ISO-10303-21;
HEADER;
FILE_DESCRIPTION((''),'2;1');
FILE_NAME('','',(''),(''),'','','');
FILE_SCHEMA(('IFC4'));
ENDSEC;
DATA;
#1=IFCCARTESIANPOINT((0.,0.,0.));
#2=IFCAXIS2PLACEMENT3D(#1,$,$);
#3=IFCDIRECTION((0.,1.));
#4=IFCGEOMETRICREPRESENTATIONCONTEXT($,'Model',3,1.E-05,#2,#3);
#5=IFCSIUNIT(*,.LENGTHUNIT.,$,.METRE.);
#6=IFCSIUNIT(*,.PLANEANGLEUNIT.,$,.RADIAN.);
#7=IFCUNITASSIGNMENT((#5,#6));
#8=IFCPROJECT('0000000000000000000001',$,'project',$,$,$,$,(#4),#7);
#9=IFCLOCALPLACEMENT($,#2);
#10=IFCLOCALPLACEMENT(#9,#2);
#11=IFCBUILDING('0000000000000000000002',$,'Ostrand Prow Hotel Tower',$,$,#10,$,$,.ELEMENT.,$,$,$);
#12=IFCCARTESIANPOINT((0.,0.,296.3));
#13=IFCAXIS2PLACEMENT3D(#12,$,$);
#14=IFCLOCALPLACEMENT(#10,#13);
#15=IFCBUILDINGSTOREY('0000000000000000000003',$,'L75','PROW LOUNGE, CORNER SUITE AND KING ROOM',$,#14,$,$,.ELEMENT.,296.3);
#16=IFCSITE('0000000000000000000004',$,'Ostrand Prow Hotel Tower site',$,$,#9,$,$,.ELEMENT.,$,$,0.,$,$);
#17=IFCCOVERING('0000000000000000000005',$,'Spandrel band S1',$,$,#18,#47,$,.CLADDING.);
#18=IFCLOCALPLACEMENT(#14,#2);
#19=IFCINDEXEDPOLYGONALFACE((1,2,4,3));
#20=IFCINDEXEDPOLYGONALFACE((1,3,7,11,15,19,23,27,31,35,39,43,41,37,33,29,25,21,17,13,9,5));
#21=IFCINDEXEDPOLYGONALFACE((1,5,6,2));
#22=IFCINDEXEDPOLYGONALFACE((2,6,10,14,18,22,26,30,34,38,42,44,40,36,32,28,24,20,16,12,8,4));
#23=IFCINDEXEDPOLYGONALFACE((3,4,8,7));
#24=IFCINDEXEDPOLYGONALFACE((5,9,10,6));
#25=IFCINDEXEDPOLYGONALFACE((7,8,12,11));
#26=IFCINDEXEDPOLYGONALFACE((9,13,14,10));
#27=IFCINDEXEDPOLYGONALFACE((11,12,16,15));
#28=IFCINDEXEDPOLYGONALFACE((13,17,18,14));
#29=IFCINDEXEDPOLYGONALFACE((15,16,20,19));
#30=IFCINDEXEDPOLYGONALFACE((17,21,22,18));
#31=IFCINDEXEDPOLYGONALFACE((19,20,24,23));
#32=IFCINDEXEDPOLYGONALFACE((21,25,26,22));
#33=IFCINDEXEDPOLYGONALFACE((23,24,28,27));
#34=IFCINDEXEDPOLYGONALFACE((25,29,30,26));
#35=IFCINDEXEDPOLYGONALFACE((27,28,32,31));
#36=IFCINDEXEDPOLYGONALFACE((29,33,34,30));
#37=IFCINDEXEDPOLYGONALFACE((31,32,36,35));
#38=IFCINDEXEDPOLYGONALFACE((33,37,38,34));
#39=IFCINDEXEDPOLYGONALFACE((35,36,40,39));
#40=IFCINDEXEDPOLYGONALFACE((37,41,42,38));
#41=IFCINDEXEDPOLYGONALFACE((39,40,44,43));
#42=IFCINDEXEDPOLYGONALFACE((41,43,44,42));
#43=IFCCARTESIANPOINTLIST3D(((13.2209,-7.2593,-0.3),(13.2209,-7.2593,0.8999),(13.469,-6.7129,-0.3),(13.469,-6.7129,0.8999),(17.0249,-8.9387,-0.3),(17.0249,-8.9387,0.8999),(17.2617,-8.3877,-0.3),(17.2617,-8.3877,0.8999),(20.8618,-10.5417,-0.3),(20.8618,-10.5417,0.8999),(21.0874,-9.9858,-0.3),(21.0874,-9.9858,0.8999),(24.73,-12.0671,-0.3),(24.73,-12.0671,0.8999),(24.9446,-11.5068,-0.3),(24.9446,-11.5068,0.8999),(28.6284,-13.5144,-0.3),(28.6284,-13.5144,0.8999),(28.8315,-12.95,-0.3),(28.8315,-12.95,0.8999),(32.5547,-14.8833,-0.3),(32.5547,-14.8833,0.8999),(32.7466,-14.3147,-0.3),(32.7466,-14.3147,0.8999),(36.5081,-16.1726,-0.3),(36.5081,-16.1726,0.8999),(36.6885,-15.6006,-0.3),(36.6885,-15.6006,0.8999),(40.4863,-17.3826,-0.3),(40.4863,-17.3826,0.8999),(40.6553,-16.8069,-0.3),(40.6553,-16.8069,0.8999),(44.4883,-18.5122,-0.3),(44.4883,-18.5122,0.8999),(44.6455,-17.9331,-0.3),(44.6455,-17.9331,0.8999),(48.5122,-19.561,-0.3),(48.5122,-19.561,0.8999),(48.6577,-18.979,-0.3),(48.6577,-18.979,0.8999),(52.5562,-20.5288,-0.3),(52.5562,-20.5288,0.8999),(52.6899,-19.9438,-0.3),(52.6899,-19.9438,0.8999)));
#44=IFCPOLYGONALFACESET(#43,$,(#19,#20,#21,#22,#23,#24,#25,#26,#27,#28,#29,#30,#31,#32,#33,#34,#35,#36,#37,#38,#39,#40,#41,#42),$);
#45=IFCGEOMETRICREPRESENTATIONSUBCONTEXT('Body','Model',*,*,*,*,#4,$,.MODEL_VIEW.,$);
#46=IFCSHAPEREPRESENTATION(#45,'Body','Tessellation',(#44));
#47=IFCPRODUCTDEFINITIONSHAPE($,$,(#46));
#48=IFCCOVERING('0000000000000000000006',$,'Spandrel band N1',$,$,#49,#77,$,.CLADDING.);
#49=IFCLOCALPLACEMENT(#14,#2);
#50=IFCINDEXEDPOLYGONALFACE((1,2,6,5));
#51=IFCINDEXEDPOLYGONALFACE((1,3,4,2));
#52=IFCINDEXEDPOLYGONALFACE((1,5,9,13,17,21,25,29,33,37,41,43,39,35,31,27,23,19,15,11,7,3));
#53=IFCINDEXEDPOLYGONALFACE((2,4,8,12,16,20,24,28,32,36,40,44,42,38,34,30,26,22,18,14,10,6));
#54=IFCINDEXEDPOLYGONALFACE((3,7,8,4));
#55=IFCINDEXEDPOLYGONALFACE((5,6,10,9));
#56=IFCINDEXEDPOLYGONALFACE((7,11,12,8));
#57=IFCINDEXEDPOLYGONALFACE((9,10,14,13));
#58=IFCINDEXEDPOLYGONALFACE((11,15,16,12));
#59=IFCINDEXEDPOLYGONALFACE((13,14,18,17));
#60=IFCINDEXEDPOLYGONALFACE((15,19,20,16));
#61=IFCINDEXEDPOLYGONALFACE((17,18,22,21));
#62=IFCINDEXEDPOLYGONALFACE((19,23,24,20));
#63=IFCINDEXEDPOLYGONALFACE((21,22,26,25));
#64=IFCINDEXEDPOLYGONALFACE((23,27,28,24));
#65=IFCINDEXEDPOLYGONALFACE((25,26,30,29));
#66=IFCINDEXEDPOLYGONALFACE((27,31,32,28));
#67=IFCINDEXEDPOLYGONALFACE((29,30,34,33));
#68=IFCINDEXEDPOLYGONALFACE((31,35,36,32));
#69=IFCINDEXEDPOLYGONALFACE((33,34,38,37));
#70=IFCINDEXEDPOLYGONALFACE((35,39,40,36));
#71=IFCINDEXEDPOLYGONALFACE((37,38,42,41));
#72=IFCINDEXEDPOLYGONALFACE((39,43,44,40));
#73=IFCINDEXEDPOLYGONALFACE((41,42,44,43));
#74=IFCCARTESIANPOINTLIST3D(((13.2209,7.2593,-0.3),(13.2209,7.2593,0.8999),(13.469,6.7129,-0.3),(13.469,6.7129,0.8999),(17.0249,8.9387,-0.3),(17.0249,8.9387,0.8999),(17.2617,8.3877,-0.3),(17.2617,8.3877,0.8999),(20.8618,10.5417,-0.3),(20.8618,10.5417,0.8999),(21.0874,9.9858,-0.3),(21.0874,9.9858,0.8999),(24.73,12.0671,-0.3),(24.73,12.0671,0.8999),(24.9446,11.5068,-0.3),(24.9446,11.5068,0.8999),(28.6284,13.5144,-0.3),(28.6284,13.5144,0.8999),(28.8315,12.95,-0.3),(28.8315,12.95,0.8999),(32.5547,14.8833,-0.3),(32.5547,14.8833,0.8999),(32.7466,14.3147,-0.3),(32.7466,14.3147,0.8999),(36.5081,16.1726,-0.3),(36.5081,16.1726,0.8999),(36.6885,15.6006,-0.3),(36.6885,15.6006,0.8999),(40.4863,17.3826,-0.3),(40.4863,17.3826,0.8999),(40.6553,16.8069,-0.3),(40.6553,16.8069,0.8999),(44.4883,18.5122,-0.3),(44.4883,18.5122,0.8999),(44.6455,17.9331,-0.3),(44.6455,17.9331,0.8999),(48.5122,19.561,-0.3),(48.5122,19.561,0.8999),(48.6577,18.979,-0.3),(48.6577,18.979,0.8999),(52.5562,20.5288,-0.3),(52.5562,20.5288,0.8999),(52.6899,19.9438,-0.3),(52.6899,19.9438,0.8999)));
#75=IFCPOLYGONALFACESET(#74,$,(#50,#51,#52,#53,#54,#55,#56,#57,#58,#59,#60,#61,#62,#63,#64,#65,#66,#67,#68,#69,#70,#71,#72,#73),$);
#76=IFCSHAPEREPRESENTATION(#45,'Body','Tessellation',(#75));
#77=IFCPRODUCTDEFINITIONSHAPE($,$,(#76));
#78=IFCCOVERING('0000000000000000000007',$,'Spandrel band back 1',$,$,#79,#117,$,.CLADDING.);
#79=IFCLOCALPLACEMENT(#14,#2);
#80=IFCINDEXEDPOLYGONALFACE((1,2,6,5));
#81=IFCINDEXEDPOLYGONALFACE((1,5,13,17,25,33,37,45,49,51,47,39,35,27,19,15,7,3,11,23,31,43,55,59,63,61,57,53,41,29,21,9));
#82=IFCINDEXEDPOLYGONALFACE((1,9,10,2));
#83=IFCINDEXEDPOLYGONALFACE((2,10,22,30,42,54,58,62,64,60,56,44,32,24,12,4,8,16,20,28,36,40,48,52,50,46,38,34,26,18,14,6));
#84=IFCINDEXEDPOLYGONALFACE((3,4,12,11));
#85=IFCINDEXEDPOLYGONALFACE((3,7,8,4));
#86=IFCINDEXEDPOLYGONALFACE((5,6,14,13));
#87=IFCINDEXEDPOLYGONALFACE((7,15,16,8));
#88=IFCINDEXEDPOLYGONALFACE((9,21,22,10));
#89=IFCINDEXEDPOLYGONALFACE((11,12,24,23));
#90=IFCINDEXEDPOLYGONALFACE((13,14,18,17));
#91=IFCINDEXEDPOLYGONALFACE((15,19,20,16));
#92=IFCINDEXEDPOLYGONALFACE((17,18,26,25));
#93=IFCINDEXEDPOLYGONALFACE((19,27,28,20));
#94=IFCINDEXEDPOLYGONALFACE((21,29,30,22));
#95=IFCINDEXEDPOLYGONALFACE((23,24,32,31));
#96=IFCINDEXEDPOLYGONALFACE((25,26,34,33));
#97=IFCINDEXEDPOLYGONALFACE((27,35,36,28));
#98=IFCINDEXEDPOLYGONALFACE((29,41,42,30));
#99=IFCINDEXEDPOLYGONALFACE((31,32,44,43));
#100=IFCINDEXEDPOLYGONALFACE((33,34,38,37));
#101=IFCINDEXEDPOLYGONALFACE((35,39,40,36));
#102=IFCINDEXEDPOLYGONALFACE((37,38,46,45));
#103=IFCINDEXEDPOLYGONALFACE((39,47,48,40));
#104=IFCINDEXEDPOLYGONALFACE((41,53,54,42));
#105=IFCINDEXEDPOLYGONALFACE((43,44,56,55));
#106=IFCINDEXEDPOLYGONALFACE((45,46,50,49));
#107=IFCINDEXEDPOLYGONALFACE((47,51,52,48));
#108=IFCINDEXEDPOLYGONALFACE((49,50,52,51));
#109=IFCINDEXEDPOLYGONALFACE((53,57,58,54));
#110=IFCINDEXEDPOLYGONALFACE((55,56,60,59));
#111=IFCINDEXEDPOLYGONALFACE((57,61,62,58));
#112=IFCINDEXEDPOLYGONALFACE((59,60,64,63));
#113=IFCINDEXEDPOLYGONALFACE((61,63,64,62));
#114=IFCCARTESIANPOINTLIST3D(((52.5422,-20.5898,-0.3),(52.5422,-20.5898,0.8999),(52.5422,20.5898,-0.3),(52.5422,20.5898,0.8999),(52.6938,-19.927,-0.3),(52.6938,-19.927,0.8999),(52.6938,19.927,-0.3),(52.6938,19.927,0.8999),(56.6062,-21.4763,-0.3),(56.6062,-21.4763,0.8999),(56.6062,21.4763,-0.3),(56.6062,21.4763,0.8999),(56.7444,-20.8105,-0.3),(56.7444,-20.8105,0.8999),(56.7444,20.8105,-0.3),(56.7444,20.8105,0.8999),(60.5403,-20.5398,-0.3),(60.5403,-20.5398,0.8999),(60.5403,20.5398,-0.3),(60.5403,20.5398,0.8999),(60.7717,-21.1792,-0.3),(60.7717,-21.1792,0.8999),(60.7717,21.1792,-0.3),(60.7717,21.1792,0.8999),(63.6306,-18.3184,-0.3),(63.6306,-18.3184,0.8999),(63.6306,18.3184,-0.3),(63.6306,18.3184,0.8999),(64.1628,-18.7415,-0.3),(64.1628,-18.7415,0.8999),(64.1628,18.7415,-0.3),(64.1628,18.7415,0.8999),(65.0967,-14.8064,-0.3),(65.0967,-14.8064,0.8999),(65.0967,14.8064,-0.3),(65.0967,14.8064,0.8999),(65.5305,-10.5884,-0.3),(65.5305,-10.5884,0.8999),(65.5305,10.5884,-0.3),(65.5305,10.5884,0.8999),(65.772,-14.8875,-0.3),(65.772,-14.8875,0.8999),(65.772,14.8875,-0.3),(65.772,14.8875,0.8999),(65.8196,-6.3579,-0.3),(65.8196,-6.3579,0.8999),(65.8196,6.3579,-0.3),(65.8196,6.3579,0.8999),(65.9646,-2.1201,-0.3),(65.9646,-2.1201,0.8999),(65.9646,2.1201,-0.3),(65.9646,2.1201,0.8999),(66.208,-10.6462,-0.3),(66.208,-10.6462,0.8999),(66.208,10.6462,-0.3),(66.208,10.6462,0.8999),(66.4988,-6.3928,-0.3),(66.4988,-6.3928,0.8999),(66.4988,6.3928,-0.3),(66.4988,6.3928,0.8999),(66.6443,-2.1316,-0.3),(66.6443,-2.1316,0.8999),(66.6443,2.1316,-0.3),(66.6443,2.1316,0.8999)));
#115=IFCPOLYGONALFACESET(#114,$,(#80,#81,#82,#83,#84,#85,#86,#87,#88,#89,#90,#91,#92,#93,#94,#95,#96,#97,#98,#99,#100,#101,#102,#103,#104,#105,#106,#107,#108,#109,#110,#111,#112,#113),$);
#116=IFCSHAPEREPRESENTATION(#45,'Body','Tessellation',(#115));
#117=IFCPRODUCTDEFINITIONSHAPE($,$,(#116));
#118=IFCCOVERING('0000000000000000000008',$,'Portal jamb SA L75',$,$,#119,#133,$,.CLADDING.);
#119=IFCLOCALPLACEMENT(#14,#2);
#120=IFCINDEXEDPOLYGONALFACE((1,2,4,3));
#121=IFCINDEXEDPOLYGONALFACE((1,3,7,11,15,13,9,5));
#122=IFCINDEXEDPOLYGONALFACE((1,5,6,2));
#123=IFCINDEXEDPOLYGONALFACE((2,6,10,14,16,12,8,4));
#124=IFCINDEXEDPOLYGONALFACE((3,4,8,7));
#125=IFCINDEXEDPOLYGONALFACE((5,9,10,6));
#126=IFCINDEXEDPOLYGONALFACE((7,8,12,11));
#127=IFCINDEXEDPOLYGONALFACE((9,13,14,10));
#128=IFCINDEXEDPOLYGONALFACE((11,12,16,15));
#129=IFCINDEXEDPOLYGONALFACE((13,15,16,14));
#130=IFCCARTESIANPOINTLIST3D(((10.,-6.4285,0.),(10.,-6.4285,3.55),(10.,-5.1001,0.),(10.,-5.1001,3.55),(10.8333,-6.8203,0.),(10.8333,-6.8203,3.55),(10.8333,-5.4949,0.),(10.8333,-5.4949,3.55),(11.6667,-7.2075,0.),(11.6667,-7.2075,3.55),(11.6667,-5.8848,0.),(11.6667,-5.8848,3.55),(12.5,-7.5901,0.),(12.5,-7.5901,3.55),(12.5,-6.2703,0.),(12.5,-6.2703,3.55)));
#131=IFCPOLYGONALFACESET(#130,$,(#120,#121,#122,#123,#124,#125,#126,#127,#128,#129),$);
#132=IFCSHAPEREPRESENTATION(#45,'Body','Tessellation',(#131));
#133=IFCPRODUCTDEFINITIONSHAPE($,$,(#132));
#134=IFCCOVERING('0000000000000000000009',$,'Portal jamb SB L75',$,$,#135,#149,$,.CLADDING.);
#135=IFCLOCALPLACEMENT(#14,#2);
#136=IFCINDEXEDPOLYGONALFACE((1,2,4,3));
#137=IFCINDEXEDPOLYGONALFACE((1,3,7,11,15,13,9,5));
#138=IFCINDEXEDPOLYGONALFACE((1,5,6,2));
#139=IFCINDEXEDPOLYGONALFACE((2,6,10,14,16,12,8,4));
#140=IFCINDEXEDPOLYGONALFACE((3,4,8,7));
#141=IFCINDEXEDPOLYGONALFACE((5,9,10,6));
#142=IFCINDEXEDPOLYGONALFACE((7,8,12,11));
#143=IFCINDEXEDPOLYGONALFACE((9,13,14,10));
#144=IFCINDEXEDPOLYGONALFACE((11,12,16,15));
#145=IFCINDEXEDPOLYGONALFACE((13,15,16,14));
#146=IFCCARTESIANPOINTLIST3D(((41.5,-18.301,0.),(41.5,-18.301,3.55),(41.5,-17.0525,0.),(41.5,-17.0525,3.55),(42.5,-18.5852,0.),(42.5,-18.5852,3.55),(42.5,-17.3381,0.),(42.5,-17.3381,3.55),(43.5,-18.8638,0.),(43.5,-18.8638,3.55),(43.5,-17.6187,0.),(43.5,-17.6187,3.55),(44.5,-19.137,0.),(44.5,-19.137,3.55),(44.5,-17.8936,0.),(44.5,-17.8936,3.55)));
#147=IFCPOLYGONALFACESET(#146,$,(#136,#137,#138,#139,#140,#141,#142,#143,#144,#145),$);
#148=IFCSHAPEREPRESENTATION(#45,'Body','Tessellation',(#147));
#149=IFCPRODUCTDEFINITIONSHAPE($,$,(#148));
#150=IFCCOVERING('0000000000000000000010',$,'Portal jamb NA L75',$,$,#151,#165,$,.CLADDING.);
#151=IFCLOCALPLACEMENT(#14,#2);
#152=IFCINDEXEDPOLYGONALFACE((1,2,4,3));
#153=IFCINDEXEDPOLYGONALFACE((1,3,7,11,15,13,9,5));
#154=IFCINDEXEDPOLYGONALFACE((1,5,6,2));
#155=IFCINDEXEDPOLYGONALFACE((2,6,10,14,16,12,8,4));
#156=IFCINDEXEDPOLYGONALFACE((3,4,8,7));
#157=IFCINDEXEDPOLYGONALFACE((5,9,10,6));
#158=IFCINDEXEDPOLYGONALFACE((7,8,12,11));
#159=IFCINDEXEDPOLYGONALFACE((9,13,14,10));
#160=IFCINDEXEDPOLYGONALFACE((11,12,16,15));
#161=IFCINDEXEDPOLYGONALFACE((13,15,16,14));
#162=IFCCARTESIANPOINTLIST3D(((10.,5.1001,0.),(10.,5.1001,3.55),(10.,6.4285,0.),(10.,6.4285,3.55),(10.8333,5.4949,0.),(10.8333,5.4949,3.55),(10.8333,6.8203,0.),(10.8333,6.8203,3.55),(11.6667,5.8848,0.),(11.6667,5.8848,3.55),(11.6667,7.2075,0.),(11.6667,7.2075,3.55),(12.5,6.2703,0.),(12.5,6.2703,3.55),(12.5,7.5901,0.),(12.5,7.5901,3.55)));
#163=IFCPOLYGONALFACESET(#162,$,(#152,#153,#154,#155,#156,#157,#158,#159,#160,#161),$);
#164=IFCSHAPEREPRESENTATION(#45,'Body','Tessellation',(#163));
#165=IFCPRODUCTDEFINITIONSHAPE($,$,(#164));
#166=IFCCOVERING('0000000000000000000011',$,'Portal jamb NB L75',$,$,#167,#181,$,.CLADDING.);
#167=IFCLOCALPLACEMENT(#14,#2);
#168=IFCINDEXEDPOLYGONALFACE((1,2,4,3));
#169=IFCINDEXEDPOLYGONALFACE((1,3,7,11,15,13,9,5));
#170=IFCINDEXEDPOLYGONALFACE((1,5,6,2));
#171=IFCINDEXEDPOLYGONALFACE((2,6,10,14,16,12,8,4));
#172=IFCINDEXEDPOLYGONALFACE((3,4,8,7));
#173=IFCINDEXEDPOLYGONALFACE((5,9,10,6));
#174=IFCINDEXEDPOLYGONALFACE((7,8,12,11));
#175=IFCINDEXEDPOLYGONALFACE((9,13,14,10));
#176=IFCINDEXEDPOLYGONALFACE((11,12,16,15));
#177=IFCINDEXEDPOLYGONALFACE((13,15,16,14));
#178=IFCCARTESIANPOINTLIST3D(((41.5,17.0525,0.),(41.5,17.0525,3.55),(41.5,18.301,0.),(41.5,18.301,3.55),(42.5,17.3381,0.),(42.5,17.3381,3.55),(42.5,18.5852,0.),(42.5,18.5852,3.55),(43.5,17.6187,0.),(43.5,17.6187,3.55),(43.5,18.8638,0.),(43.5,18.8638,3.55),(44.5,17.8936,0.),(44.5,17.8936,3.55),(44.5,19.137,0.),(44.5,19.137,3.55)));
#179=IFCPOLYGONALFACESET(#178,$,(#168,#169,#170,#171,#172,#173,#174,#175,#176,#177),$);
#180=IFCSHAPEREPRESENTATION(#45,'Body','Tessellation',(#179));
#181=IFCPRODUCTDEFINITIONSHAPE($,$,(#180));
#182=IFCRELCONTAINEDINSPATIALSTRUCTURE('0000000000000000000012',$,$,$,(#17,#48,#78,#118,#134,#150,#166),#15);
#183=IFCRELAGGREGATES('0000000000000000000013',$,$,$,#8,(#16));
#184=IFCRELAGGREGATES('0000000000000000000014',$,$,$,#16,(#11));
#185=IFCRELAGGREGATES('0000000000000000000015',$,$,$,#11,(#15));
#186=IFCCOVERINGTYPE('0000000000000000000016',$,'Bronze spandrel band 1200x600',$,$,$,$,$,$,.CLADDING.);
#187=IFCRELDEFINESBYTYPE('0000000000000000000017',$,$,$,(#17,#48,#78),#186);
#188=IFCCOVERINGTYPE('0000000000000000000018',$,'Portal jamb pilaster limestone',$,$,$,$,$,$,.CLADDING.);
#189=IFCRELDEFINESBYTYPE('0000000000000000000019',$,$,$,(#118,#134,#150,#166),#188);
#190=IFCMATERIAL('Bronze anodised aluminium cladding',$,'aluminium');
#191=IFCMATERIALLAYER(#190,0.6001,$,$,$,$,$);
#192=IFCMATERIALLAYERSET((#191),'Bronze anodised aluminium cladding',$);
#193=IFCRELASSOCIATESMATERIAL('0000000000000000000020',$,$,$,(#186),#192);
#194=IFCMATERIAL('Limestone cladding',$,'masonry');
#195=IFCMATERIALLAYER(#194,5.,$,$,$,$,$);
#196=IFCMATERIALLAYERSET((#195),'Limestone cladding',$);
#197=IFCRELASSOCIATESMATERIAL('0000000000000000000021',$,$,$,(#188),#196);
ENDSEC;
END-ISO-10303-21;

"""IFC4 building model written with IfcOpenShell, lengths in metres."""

from ifc_helpers import new_model, si_unit, direction, frame, origin, place, context, subcontext, project, spatial, polyline, outline, extrude, material, layer, layer_set, type_object, element, save


model = new_model("IFC4")

# Units and contexts
model_context = context("Model", 3, precision=1e-05, world=origin(), true_north=direction((0.0, 1.0)))
body_context = subcontext(model_context, "Body", "Model", "MODEL_VIEW")
ifc_project = project(units=[si_unit("LENGTHUNIT", "METRE"), si_unit("PLANEANGLEUNIT", "RADIAN")], contexts=[model_context])

# Site, building, storey
site_placement = place(None, origin())
site = spatial("IfcSite", under=ifc_project, at=site_placement, Name="Ostrand Prow Hotel Tower site", CompositionType="ELEMENT", RefElevation=0.0)
building_placement = place(site_placement, origin())
building = spatial("IfcBuilding", under=site, at=building_placement, Name="Ostrand Prow Hotel Tower", CompositionType="ELEMENT")
storey_placement = place(building_placement, frame((0.0, 0.0, 296.3)))
storey = spatial("IfcBuildingStorey", under=building, at=storey_placement, Name="L75", Description="PROW LOUNGE, CORNER SUITE AND KING ROOM", CompositionType="ELEMENT", Elevation=296.3)

# Coverings
ifc_material_1 = material(Name="Bronze anodised aluminium cladding", Category="aluminium")
ifc_layer_1 = layer(ifc_material_1, 0.6001)
ifc_layer_set_1 = layer_set([ifc_layer_1], Name="Bronze anodised aluminium cladding")
covering_type_1 = type_object("IfcCoveringType", Name="Bronze spandrel band 1200x600", PredefinedType="CLADDING", material=ifc_layer_set_1)
covering_1_placement = place(storey_placement, frame((0.0, 0.0, -0.3)))
element("IfcCovering", 1, at=covering_1_placement, inside=storey, type_object=covering_type_1, Name="Spandrel band S1", PredefinedType="CLADDING", context=body_context, shape_type="SweptSolid", body=[
    extrude(outline(polyline([(13.2209, -7.2593), (17.0249, -8.9387), (20.8618, -10.5417), (24.73, -12.0671), (28.6284, -13.5144), (32.5547, -14.8833), (36.5081, -16.1726), (40.4863, -17.3826), (44.4883, -18.5122), (48.5122, -19.561), (52.5562, -20.5288), (52.6899, -19.9438), (48.6577, -18.979), (44.6455, -17.9331), (40.6553, -16.8069), (36.6885, -15.6006), (32.7466, -14.3147), (28.8315, -12.95), (24.9446, -11.5068), (21.0874, -9.9858), (17.2617, -8.3877), (13.469, -6.7129), (13.2209, -7.2593)])), origin(), (0.0, 0.0, 1.0), 1.2),
])
covering_2_placement = place(storey_placement, frame((0.0, 0.0, -0.3)))
element("IfcCovering", 2, at=covering_2_placement, inside=storey, type_object=covering_type_1, Name="Spandrel band N1", PredefinedType="CLADDING", context=body_context, shape_type="SweptSolid", body=[
    extrude(outline(polyline([(52.5562, 20.5288), (48.5122, 19.561), (44.4883, 18.5122), (40.4863, 17.3826), (36.5081, 16.1726), (32.5547, 14.8833), (28.6284, 13.5144), (24.73, 12.0671), (20.8618, 10.5417), (17.0249, 8.9387), (13.2209, 7.2593), (13.469, 6.7129), (17.2617, 8.3877), (21.0874, 9.9858), (24.9446, 11.5068), (28.8315, 12.95), (32.7466, 14.3147), (36.6885, 15.6006), (40.6553, 16.8069), (44.6455, 17.9331), (48.6577, 18.979), (52.6899, 19.9438), (52.5562, 20.5288)])), origin(), (0.0, 0.0, 1.0), 1.2),
])
covering_3_placement = place(storey_placement, frame((0.0, 0.0, -0.3)))
element("IfcCovering", 3, at=covering_3_placement, inside=storey, type_object=covering_type_1, Name="Spandrel band back 1", PredefinedType="CLADDING", context=body_context, shape_type="SweptSolid", body=[
    extrude(outline(polyline([(52.5422, -20.5898), (56.6062, -21.4763), (60.7717, -21.1792), (64.1628, -18.7415), (65.772, -14.8875), (66.208, -10.6462), (66.4988, -6.3928), (66.6443, -2.1316), (66.6443, 2.1316), (66.4988, 6.3928), (66.208, 10.6462), (65.772, 14.8875), (64.1628, 18.7415), (60.7717, 21.1792), (56.6062, 21.4763), (52.5422, 20.5898), (52.6938, 19.927), (56.7444, 20.8105), (60.5403, 20.5398), (63.6306, 18.3184), (65.0967, 14.8064), (65.5305, 10.5884), (65.8196, 6.3579), (65.9646, 2.1201), (65.9646, -2.1201), (65.8196, -6.3579), (65.5305, -10.5884), (65.0967, -14.8064), (63.6306, -18.3184), (60.5403, -20.5398), (56.7444, -20.8105), (52.6938, -19.927), (52.5422, -20.5898)])), origin(), (0.0, 0.0, 1.0), 1.2),
])
ifc_material_2 = material(Name="Limestone cladding", Category="masonry")
ifc_layer_2 = layer(ifc_material_2, 5.0)
ifc_layer_set_2 = layer_set([ifc_layer_2], Name="Limestone cladding")
covering_type_2 = type_object("IfcCoveringType", Name="Portal jamb pilaster limestone", PredefinedType="CLADDING", material=ifc_layer_set_2)
covering_4_placement = place(storey_placement, origin())
element("IfcCovering", 4, at=covering_4_placement, inside=storey, type_object=covering_type_2, Name="Portal jamb SA L75", PredefinedType="CLADDING", context=body_context, shape_type="SweptSolid", body=[
    extrude(outline(polyline([(10.0, -5.1001), (10.0, -6.4285), (10.8333, -6.8203), (11.6667, -7.2075), (12.5, -7.5901), (12.5, -6.2703), (11.6667, -5.8848), (10.8333, -5.4949), (10.0, -5.1001)])), origin(), (0.0, 0.0, 1.0), 3.55),
])
covering_5_placement = place(storey_placement, origin())
element("IfcCovering", 5, at=covering_5_placement, inside=storey, type_object=covering_type_2, Name="Portal jamb SB L75", PredefinedType="CLADDING", context=body_context, shape_type="SweptSolid", body=[
    extrude(outline(polyline([(41.5, -17.0525), (41.5, -18.301), (42.5, -18.5852), (43.5, -18.8638), (44.5, -19.137), (44.5, -17.8936), (43.5, -17.6187), (42.5, -17.3381), (41.5, -17.0525)])), origin(), (0.0, 0.0, 1.0), 3.55),
])
covering_6_placement = place(storey_placement, origin())
element("IfcCovering", 6, at=covering_6_placement, inside=storey, type_object=covering_type_2, Name="Portal jamb NA L75", PredefinedType="CLADDING", context=body_context, shape_type="SweptSolid", body=[
    extrude(outline(polyline([(10.0, 5.1001), (10.8333, 5.4949), (11.6667, 5.8848), (12.5, 6.2703), (12.5, 7.5901), (11.6667, 7.2075), (10.8333, 6.8203), (10.0, 6.4285), (10.0, 5.1001)])), origin(), (0.0, 0.0, 1.0), 3.55),
])
covering_7_placement = place(storey_placement, origin())
element("IfcCovering", 7, at=covering_7_placement, inside=storey, type_object=covering_type_2, Name="Portal jamb NB L75", PredefinedType="CLADDING", context=body_context, shape_type="SweptSolid", body=[
    extrude(outline(polyline([(41.5, 17.0525), (42.5, 17.3381), (43.5, 17.6187), (44.5, 17.8936), (44.5, 19.137), (43.5, 18.8638), (42.5, 18.5852), (41.5, 18.301), (41.5, 17.0525)])), origin(), (0.0, 0.0, 1.0), 3.55),
])

save(model, "model.ifc")
